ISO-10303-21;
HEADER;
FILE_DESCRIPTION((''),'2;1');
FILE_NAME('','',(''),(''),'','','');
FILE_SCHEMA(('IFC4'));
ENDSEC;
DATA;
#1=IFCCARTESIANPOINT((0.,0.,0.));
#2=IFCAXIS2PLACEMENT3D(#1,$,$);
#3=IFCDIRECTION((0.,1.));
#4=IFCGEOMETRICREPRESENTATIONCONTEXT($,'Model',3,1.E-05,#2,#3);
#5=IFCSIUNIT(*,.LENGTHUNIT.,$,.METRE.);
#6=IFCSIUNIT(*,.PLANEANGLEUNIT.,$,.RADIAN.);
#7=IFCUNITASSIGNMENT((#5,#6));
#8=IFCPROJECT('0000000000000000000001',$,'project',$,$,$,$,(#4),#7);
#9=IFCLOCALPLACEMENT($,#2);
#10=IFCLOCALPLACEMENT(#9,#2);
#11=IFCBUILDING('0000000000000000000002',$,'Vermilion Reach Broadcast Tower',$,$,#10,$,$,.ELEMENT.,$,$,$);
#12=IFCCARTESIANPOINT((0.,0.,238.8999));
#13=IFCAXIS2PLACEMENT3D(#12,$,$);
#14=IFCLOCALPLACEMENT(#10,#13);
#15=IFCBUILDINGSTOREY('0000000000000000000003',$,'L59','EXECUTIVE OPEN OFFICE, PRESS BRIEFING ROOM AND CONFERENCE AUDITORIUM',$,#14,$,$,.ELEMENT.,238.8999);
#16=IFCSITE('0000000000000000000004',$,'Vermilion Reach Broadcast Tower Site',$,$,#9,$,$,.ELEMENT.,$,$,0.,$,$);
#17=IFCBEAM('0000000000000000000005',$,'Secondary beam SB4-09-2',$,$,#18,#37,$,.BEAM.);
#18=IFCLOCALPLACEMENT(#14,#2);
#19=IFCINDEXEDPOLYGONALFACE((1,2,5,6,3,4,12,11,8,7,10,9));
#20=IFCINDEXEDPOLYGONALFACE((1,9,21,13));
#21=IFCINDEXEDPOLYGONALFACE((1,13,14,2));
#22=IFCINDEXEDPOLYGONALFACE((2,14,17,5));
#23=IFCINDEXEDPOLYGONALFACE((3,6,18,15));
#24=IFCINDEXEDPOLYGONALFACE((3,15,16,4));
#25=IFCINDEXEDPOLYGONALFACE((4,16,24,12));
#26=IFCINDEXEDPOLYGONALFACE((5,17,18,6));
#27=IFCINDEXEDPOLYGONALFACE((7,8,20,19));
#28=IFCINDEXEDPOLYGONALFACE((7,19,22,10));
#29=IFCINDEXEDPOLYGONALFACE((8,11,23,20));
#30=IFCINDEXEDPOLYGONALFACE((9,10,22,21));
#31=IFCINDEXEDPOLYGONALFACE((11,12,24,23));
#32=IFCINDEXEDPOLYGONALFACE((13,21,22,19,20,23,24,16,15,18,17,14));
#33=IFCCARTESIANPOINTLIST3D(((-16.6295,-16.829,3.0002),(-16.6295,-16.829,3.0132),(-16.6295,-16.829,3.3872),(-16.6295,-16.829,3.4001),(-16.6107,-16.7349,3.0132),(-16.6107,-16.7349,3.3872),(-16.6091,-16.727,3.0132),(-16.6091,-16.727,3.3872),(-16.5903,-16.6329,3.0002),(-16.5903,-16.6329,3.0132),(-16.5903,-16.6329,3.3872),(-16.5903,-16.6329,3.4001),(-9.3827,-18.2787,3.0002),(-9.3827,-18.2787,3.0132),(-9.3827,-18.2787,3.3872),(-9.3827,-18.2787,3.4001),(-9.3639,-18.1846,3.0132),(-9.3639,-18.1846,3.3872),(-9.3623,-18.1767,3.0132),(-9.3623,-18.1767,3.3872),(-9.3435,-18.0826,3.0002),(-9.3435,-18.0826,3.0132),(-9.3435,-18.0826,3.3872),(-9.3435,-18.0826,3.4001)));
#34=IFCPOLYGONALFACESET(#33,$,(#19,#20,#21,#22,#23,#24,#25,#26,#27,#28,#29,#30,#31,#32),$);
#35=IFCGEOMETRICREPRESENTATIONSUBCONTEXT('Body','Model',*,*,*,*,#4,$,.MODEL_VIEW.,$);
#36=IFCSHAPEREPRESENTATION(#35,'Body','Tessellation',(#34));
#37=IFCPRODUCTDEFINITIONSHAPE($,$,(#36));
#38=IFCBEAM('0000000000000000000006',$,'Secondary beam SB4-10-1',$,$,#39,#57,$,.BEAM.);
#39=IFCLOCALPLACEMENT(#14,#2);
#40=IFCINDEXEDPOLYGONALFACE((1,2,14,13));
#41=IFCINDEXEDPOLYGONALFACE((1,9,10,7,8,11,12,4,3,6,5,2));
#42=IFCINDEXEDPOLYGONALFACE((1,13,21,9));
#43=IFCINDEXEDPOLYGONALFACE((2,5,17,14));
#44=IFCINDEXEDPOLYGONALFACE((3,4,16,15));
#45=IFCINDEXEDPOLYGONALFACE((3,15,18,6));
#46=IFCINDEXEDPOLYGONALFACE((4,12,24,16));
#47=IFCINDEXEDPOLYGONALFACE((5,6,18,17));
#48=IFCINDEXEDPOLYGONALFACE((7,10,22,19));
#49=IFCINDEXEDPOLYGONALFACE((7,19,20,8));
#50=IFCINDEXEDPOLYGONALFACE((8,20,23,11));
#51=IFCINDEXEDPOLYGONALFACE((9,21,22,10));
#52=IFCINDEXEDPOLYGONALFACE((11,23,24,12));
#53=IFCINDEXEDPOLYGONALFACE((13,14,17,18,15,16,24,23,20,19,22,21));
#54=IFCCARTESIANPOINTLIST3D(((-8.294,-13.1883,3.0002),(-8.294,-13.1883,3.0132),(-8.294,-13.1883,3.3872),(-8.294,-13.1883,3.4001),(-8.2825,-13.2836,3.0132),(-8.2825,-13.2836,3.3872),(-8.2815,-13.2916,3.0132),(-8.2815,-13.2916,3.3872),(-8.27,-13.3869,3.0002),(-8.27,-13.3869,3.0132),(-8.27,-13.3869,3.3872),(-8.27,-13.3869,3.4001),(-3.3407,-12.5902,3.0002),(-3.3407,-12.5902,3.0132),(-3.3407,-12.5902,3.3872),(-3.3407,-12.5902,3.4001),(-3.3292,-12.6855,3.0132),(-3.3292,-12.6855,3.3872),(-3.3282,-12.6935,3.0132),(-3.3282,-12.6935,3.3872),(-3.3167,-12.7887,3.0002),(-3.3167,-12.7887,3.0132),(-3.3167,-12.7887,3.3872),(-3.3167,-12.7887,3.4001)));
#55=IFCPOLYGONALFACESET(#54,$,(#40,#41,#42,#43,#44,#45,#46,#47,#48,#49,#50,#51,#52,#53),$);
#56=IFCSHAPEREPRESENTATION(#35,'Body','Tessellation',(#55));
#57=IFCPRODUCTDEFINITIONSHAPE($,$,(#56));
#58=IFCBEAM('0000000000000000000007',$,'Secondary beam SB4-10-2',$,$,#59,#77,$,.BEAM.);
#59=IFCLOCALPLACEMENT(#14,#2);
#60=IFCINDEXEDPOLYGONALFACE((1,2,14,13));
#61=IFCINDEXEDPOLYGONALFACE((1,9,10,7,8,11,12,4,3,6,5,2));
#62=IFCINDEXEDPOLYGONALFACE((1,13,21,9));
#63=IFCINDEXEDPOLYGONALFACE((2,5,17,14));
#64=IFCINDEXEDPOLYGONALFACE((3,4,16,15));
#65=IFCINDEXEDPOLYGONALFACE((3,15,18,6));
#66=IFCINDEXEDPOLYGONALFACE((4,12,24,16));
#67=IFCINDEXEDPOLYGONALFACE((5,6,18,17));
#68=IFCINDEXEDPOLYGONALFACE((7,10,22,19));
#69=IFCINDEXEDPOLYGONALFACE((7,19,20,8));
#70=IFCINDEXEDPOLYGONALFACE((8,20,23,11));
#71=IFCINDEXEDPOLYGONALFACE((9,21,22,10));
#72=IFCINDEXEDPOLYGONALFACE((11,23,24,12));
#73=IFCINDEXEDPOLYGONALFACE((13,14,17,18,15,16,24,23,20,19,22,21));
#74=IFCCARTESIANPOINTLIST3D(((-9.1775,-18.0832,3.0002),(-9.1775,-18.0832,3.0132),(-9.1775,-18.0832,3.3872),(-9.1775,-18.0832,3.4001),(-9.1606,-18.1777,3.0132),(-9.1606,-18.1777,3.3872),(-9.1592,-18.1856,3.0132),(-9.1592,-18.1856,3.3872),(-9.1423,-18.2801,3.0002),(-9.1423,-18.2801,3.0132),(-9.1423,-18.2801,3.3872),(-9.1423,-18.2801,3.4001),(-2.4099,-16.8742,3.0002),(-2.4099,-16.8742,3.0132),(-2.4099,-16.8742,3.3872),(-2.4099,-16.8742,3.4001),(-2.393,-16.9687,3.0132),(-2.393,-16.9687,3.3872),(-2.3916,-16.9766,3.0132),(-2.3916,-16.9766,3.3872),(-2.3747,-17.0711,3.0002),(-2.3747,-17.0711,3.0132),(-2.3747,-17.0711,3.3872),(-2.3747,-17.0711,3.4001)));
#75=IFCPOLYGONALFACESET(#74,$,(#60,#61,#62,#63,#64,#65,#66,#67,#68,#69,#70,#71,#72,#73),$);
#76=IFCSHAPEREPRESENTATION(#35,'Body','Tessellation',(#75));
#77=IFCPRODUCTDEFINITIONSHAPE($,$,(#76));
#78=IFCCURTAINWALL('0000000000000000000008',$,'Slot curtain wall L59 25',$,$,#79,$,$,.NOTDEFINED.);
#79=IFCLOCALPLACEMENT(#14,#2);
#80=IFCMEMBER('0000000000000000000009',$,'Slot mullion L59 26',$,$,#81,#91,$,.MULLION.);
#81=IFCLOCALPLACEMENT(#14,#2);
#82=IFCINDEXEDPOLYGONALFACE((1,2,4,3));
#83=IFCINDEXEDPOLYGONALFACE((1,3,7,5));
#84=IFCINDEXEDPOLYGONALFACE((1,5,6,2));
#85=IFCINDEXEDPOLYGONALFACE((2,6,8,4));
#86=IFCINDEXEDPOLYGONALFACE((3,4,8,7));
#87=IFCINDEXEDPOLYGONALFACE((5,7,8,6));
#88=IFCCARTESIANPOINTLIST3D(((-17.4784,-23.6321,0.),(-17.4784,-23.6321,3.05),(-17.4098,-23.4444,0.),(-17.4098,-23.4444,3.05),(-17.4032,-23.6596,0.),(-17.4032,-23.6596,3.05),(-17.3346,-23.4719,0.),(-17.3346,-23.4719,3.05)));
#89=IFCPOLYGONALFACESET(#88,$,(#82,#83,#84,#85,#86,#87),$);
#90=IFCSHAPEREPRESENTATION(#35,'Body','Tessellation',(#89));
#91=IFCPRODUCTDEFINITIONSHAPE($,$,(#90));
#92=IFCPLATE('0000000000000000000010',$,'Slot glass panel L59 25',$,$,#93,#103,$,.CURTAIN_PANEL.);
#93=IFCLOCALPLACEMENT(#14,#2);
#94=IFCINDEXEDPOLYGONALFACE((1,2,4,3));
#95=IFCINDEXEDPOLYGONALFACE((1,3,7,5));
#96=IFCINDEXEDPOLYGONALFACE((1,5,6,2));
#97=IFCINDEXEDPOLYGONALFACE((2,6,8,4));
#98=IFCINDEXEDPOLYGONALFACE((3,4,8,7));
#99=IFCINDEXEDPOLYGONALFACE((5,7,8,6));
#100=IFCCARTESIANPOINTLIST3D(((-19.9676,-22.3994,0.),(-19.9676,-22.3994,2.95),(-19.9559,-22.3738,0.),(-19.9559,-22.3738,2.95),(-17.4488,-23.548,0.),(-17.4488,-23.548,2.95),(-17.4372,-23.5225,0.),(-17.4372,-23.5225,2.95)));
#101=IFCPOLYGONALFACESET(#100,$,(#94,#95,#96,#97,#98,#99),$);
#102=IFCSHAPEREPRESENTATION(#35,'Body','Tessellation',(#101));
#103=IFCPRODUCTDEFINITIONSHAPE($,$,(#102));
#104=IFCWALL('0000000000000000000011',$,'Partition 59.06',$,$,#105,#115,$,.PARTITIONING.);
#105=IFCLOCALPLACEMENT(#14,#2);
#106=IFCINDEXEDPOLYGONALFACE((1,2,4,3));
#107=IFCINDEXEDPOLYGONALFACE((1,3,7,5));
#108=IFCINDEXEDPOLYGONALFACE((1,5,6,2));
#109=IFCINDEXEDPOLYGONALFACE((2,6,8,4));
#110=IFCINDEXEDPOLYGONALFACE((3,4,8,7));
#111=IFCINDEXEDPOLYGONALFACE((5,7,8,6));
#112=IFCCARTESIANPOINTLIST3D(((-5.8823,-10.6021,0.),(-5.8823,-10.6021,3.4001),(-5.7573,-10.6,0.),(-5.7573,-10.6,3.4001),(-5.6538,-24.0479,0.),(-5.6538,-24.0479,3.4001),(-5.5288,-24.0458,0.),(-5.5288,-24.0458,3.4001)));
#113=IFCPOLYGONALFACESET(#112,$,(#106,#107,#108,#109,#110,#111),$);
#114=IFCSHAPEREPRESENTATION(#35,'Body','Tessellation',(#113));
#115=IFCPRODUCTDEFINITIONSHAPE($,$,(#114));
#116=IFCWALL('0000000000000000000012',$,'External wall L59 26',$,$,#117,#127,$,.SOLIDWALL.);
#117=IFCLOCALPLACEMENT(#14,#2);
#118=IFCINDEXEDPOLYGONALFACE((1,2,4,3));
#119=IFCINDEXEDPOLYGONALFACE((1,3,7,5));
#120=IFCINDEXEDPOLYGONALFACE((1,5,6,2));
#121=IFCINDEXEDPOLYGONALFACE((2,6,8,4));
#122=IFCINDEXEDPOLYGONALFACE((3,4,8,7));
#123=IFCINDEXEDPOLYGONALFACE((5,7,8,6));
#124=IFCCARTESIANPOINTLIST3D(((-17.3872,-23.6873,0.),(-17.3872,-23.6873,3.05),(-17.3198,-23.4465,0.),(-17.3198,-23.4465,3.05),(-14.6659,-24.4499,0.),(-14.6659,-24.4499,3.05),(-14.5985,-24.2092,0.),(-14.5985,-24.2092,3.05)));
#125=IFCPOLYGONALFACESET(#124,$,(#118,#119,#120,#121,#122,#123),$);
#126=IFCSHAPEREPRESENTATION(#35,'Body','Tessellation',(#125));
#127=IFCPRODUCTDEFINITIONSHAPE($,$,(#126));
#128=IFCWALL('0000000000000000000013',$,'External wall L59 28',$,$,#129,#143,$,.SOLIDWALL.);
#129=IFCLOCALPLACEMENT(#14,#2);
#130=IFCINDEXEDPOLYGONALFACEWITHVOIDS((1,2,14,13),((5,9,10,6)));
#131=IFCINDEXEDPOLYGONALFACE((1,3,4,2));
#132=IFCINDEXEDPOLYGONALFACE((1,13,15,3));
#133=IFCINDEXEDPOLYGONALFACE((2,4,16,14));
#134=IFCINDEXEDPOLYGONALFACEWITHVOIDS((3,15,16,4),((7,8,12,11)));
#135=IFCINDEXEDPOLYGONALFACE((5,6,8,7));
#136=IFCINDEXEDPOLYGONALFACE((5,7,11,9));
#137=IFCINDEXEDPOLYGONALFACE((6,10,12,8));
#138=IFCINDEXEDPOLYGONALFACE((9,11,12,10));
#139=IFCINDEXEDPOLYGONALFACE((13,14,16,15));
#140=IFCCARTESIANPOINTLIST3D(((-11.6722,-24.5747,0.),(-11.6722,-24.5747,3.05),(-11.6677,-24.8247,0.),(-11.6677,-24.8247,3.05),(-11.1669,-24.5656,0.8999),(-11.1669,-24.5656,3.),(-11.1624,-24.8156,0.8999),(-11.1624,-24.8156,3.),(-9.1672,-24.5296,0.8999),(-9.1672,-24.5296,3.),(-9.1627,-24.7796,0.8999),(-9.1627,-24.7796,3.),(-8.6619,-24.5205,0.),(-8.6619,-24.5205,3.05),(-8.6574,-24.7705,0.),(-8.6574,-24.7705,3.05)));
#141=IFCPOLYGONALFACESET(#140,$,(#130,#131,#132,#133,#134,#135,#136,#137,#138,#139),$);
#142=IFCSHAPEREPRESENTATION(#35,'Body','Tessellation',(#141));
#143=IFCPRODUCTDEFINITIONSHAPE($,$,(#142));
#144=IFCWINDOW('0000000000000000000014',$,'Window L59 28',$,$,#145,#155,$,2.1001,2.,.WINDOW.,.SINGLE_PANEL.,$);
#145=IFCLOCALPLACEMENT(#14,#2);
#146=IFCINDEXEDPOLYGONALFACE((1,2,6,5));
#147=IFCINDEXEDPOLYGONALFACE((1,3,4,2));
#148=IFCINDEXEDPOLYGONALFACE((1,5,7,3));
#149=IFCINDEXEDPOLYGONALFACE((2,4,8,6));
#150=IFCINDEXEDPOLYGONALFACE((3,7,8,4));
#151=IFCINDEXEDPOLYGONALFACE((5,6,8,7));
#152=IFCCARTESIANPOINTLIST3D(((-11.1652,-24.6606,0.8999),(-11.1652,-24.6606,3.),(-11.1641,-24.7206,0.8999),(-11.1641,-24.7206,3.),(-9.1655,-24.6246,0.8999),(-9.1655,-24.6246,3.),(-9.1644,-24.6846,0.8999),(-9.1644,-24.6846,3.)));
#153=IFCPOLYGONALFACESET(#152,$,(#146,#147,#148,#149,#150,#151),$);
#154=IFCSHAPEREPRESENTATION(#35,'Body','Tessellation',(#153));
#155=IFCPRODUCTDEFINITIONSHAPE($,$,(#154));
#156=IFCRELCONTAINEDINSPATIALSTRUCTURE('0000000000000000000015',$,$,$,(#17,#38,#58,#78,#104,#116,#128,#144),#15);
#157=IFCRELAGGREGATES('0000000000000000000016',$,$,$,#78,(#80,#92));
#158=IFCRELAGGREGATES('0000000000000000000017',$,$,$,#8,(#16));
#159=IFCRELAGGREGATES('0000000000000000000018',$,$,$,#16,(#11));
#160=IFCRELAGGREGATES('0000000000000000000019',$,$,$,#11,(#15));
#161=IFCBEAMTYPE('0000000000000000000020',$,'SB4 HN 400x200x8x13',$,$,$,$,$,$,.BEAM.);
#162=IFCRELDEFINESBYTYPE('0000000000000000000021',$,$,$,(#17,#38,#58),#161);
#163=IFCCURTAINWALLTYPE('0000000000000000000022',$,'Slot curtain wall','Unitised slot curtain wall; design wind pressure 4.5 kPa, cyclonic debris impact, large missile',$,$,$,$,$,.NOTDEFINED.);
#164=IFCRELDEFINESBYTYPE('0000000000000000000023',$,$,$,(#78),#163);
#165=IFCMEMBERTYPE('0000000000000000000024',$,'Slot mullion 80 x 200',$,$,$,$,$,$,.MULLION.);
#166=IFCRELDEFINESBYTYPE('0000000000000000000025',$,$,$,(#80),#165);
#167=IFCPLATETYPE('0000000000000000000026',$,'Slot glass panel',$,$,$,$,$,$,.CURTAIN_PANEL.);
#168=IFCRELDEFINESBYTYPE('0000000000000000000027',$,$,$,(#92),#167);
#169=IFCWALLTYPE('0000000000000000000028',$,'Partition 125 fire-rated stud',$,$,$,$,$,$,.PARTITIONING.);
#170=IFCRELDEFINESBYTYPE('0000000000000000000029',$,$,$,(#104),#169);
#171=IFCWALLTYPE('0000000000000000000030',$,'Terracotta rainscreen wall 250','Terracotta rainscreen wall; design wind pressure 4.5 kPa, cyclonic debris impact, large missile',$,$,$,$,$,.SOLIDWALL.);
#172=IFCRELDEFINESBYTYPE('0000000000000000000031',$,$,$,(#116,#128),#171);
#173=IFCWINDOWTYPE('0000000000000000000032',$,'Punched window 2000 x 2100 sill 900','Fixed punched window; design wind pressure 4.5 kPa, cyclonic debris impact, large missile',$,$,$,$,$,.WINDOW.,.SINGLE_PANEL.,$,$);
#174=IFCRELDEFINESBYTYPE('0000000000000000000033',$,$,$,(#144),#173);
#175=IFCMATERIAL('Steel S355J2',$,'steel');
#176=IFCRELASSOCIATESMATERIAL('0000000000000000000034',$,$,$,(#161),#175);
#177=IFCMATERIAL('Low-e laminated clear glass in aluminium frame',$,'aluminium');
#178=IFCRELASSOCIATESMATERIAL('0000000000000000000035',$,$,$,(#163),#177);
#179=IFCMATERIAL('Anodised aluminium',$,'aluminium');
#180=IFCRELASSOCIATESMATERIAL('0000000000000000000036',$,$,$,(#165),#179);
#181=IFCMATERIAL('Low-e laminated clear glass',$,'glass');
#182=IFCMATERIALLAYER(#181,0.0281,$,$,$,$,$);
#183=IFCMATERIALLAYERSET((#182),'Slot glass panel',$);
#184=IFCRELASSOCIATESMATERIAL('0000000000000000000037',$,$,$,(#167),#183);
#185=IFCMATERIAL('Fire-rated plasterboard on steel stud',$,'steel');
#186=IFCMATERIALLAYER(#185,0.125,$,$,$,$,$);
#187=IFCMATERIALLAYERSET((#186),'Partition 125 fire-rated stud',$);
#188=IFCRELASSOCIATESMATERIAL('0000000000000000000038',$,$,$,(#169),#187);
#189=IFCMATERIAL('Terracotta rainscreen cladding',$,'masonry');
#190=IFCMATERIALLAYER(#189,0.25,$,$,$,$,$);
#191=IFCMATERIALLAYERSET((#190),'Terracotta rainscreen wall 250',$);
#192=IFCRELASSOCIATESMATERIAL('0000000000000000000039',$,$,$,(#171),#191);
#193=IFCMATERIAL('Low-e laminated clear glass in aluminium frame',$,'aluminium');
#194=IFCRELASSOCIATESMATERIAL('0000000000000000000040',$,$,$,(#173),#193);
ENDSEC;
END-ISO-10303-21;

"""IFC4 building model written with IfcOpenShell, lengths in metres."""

from ifc_helpers import new_model, si_unit, direction, frame, frame_2d, origin, origin_2d, place, context, subcontext, project, spatial, rectangle, i_section, extrude, material, layer, layer_set, material_profile, profile_set, type_object, element, fill, aggregate, save


model = new_model("IFC4")

# Units and contexts
model_context = context("Model", 3, precision=1e-05, world=origin(), true_north=direction((0.0, 1.0)))
body_context = subcontext(model_context, "Body", "Model", "MODEL_VIEW")
ifc_project = project(units=[si_unit("LENGTHUNIT", "METRE"), si_unit("PLANEANGLEUNIT", "RADIAN")], contexts=[model_context])

# Site, building, storey
site_placement = place(None, origin())
site = spatial("IfcSite", under=ifc_project, at=site_placement, Name="Vermilion Reach Broadcast Tower Site", CompositionType="ELEMENT", RefElevation=0.0)
building_placement = place(site_placement, origin())
building = spatial("IfcBuilding", under=site, at=building_placement, Name="Vermilion Reach Broadcast Tower", CompositionType="ELEMENT")
storey_placement = place(building_placement, frame((0.0, 0.0, 238.8999)))
storey = spatial("IfcBuildingStorey", under=building, at=storey_placement, Name="L59", Description="EXECUTIVE OPEN OFFICE, PRESS BRIEFING ROOM AND CONFERENCE AUDITORIUM", CompositionType="ELEMENT", Elevation=238.8999)

# Beams
ifc_material_1 = material(Name="Steel S355J2", Category="steel")
ifc_material_profile_1 = material_profile(ifc_material_1, i_section(OverallWidth=0.2, OverallDepth=0.3999, WebThickness=0.0081, FlangeThickness=0.0129, at=origin_2d()), Name="S355J2 HN 400x200x8x13")
ifc_profile_set_1 = profile_set([ifc_material_profile_1], Name="Steel S355J2")
beam_type_1 = type_object("IfcBeamType", Name="SB4 HN 400x200x8x13", PredefinedType="BEAM", material=ifc_profile_set_1)
beam_1_placement = place(storey_placement, frame((-16.6099, -16.731, 3.2002), z_axis=(0.980572, -0.196161, 0.0), x_axis=(0.196161, 0.980572, 0.0)))
element("IfcBeam", 1, at=beam_1_placement, inside=storey, type_object=beam_type_1, Name="Secondary beam SB4-09-2", PredefinedType="BEAM", context=body_context, shape_type="SweptSolid", body=[
    extrude(i_section(OverallWidth=0.2, OverallDepth=0.3999, WebThickness=0.0081, FlangeThickness=0.0129, at=origin_2d()), origin(), (0.0, 0.0, 1.0), 7.3904),
])
beam_2_placement = place(storey_placement, frame((-8.282, -13.2876, 3.2002), z_axis=(0.992788, 0.119884, 0.0), x_axis=(-0.119884, 0.992788, 0.0)))
element("IfcBeam", 2, at=beam_2_placement, inside=storey, type_object=beam_type_1, Name="Secondary beam SB4-10-1", PredefinedType="BEAM", context=body_context, shape_type="SweptSolid", body=[
    extrude(i_section(OverallWidth=0.2, OverallDepth=0.3999, WebThickness=0.0081, FlangeThickness=0.0129, at=origin_2d()), origin(), (0.0, 0.0, 1.0), 4.9893),
])
beam_3_placement = place(storey_placement, frame((-9.1599, -18.1816, 3.2002), z_axis=(0.984415, 0.175859, 0.0), x_axis=(-0.175859, 0.984415, 0.0)))
element("IfcBeam", 3, at=beam_3_placement, inside=storey, type_object=beam_type_1, Name="Secondary beam SB4-10-2", PredefinedType="BEAM", context=body_context, shape_type="SweptSolid", body=[
    extrude(i_section(OverallWidth=0.2, OverallDepth=0.3999, WebThickness=0.0081, FlangeThickness=0.0129, at=origin_2d()), origin(), (0.0, 0.0, 1.0), 6.8748),
])

# Curtain wall, member, plate
ifc_material_2 = material(Name="Low-e laminated clear glass in aluminium frame", Category="aluminium")
curtain_wall_type = type_object("IfcCurtainWallType", Name="Slot curtain wall", Description="Unitised slot curtain wall; design wind pressure 4.5 kPa, cyclonic debris impact, large missile", PredefinedType="NOTDEFINED", material=ifc_material_2)
curtain_wall_placement = place(storey_placement, origin())
curtain_wall = element("IfcCurtainWall", 4, at=curtain_wall_placement, inside=storey, type_object=curtain_wall_type, Name="Slot curtain wall L59 25", PredefinedType="NOTDEFINED")
ifc_material_3 = material(Name="Anodised aluminium", Category="aluminium")
ifc_material_profile_2 = material_profile(ifc_material_3, rectangle(XDim=0.2, YDim=0.0801, at=origin_2d()), Name="Slot mullion 80 x 200")
ifc_profile_set_2 = profile_set([ifc_material_profile_2], Name="Anodised aluminium")
member_type = type_object("IfcMemberType", Name="Slot mullion 80 x 200", PredefinedType="MULLION", material=ifc_profile_set_2)
member_placement = place(storey_placement, frame((-17.4065, -23.552, 0.0), z_axis=(0.0, 0.0, 1.0), x_axis=(0.343439, 0.939175, 0.0)))
member = element("IfcMember", 5, at=member_placement, type_object=member_type, Name="Slot mullion L59 26", PredefinedType="MULLION", context=body_context, shape_type="SweptSolid", body=[
    extrude(rectangle(XDim=0.2, YDim=0.0801, at=origin_2d()), origin(), (0.0, 0.0, 1.0), 3.05),
])
ifc_material_4 = material(Name="Low-e laminated clear glass", Category="glass")
ifc_layer_1 = layer(ifc_material_4, 0.0281)
ifc_layer_set_1 = layer_set([ifc_layer_1], Name="Slot glass panel")
plate_type = type_object("IfcPlateType", Name="Slot glass panel", PredefinedType="CURTAIN_PANEL", material=ifc_layer_set_1)
plate_placement = place(storey_placement, frame((-18.7024, -22.9609, 0.0), z_axis=(0.0, 0.0, 1.0), x_axis=(0.909849, -0.414939, 0.0)))
plate = element("IfcPlate", 6, at=plate_placement, type_object=plate_type, Name="Slot glass panel L59 25", PredefinedType="CURTAIN_PANEL", context=body_context, shape_type="SweptSolid", body=[
    extrude(rectangle(XDim=2.7683, YDim=0.0281, at=origin_2d()), origin(), (0.0, 0.0, 1.0), 2.95),
])
aggregate(curtain_wall, [member, plate])

# Walls
ifc_material_5 = material(Name="Fire-rated plasterboard on steel stud", Category="steel")
ifc_layer_2 = layer(ifc_material_5, 0.125)
ifc_layer_set_2 = layer_set([ifc_layer_2], Name="Partition 125 fire-rated stud")
wall_type_1 = type_object("IfcWallType", Name="Partition 125 fire-rated stud", PredefinedType="PARTITIONING", material=ifc_layer_set_2)
wall_1_placement = place(storey_placement, frame((-5.5913, -24.0469, 0.0), z_axis=(0.0, 0.0, 1.0), x_axis=(-0.016993, 0.999856, 0.0)))
element("IfcWall", 7, at=wall_1_placement, inside=storey, type_object=wall_type_1, Name="Partition 59.06", PredefinedType="PARTITIONING", context=body_context, shape_type="SweptSolid", body=[
    extrude(rectangle(XDim=13.4478, YDim=0.125, at=frame_2d((6.7239, 0.0))), origin(), (0.0, 0.0, 1.0), 3.4001),
])
ifc_material_6 = material(Name="Terracotta rainscreen cladding", Category="masonry")
ifc_layer_3 = layer(ifc_material_6, 0.25)
ifc_layer_set_3 = layer_set([ifc_layer_3], Name="Terracotta rainscreen wall 250")
wall_type_2 = type_object("IfcWallType", Name="Terracotta rainscreen wall 250", Description="Terracotta rainscreen wall; design wind pressure 4.5 kPa, cyclonic debris impact, large missile", PredefinedType="SOLIDWALL", material=ifc_layer_set_3)
wall_2_placement = place(storey_placement, frame((-17.3535, -23.5669, 0.0), z_axis=(0.0, 0.0, 1.0), x_axis=(0.9629, -0.269857, 0.0)))
element("IfcWall", 8, at=wall_2_placement, inside=storey, type_object=wall_type_2, Name="External wall L59 26", PredefinedType="SOLIDWALL", context=body_context, shape_type="SweptSolid", body=[
    extrude(rectangle(XDim=2.8262, YDim=0.25, at=frame_2d((1.4131, 0.0))), origin(), (0.0, 0.0, 1.0), 3.05),
])

# Wall, opening, window
wall_3_placement = place(storey_placement, frame((-11.6699, -24.6997, 0.0), z_axis=(0.0, 0.0, 1.0), x_axis=(0.999838, 0.018002, 0.0)))
wall_3 = element("IfcWall", 9, at=wall_3_placement, inside=storey, type_object=wall_type_2, Name="External wall L59 28", PredefinedType="SOLIDWALL", context=body_context, shape_type="SweptSolid", body=[
    extrude(rectangle(XDim=3.0107, YDim=0.25, at=frame_2d((1.5054, 0.0))), origin(), (0.0, 0.0, 1.0), 3.05),
])
opening_1_placement = place(wall_3_placement, frame((0.5054, 0.0, 0.8999)))
opening_1 = element("IfcOpeningElement", 10, at=opening_1_placement, cuts=wall_3, PredefinedType="OPENING", context=body_context, shape_type="SweptSolid", body=[
    extrude(rectangle(XDim=2.0, YDim=2.1001, at=frame_2d((1.0, 1.05))), frame((0.0, 0.135, 0.0), z_axis=(0.0, -1.0, 0.0), x_axis=(1.0, 0.0, 0.0)), (0.0, 0.0, 1.0), 0.27),
])
ifc_material_7 = material(Name="Low-e laminated clear glass in aluminium frame", Category="aluminium")
window_type = type_object("IfcWindowType", Name="Punched window 2000 x 2100 sill 900", Description="Fixed punched window; design wind pressure 4.5 kPa, cyclonic debris impact, large missile", PartitioningType="SINGLE_PANEL", PredefinedType="WINDOW", material=ifc_material_7)
window_1_placement = place(opening_1_placement, origin())
window_1 = element("IfcWindow", 11, at=window_1_placement, inside=storey, type_object=window_type, Name="Window L59 28", OverallHeight=2.1001, OverallWidth=2.0, PartitioningType="SINGLE_PANEL", PredefinedType="WINDOW", context=body_context, shape_type="SweptSolid", body=[
    extrude(rectangle(XDim=2.0, YDim=2.1001, at=frame_2d((1.0, 1.05))), frame((0.0, 0.03, 0.0), z_axis=(0.0, -1.0, 0.0), x_axis=(1.0, 0.0, 0.0)), (0.0, 0.0, 1.0), 0.0601),
])
fill(opening_1, window_1)

save(model, "model.ifc")
